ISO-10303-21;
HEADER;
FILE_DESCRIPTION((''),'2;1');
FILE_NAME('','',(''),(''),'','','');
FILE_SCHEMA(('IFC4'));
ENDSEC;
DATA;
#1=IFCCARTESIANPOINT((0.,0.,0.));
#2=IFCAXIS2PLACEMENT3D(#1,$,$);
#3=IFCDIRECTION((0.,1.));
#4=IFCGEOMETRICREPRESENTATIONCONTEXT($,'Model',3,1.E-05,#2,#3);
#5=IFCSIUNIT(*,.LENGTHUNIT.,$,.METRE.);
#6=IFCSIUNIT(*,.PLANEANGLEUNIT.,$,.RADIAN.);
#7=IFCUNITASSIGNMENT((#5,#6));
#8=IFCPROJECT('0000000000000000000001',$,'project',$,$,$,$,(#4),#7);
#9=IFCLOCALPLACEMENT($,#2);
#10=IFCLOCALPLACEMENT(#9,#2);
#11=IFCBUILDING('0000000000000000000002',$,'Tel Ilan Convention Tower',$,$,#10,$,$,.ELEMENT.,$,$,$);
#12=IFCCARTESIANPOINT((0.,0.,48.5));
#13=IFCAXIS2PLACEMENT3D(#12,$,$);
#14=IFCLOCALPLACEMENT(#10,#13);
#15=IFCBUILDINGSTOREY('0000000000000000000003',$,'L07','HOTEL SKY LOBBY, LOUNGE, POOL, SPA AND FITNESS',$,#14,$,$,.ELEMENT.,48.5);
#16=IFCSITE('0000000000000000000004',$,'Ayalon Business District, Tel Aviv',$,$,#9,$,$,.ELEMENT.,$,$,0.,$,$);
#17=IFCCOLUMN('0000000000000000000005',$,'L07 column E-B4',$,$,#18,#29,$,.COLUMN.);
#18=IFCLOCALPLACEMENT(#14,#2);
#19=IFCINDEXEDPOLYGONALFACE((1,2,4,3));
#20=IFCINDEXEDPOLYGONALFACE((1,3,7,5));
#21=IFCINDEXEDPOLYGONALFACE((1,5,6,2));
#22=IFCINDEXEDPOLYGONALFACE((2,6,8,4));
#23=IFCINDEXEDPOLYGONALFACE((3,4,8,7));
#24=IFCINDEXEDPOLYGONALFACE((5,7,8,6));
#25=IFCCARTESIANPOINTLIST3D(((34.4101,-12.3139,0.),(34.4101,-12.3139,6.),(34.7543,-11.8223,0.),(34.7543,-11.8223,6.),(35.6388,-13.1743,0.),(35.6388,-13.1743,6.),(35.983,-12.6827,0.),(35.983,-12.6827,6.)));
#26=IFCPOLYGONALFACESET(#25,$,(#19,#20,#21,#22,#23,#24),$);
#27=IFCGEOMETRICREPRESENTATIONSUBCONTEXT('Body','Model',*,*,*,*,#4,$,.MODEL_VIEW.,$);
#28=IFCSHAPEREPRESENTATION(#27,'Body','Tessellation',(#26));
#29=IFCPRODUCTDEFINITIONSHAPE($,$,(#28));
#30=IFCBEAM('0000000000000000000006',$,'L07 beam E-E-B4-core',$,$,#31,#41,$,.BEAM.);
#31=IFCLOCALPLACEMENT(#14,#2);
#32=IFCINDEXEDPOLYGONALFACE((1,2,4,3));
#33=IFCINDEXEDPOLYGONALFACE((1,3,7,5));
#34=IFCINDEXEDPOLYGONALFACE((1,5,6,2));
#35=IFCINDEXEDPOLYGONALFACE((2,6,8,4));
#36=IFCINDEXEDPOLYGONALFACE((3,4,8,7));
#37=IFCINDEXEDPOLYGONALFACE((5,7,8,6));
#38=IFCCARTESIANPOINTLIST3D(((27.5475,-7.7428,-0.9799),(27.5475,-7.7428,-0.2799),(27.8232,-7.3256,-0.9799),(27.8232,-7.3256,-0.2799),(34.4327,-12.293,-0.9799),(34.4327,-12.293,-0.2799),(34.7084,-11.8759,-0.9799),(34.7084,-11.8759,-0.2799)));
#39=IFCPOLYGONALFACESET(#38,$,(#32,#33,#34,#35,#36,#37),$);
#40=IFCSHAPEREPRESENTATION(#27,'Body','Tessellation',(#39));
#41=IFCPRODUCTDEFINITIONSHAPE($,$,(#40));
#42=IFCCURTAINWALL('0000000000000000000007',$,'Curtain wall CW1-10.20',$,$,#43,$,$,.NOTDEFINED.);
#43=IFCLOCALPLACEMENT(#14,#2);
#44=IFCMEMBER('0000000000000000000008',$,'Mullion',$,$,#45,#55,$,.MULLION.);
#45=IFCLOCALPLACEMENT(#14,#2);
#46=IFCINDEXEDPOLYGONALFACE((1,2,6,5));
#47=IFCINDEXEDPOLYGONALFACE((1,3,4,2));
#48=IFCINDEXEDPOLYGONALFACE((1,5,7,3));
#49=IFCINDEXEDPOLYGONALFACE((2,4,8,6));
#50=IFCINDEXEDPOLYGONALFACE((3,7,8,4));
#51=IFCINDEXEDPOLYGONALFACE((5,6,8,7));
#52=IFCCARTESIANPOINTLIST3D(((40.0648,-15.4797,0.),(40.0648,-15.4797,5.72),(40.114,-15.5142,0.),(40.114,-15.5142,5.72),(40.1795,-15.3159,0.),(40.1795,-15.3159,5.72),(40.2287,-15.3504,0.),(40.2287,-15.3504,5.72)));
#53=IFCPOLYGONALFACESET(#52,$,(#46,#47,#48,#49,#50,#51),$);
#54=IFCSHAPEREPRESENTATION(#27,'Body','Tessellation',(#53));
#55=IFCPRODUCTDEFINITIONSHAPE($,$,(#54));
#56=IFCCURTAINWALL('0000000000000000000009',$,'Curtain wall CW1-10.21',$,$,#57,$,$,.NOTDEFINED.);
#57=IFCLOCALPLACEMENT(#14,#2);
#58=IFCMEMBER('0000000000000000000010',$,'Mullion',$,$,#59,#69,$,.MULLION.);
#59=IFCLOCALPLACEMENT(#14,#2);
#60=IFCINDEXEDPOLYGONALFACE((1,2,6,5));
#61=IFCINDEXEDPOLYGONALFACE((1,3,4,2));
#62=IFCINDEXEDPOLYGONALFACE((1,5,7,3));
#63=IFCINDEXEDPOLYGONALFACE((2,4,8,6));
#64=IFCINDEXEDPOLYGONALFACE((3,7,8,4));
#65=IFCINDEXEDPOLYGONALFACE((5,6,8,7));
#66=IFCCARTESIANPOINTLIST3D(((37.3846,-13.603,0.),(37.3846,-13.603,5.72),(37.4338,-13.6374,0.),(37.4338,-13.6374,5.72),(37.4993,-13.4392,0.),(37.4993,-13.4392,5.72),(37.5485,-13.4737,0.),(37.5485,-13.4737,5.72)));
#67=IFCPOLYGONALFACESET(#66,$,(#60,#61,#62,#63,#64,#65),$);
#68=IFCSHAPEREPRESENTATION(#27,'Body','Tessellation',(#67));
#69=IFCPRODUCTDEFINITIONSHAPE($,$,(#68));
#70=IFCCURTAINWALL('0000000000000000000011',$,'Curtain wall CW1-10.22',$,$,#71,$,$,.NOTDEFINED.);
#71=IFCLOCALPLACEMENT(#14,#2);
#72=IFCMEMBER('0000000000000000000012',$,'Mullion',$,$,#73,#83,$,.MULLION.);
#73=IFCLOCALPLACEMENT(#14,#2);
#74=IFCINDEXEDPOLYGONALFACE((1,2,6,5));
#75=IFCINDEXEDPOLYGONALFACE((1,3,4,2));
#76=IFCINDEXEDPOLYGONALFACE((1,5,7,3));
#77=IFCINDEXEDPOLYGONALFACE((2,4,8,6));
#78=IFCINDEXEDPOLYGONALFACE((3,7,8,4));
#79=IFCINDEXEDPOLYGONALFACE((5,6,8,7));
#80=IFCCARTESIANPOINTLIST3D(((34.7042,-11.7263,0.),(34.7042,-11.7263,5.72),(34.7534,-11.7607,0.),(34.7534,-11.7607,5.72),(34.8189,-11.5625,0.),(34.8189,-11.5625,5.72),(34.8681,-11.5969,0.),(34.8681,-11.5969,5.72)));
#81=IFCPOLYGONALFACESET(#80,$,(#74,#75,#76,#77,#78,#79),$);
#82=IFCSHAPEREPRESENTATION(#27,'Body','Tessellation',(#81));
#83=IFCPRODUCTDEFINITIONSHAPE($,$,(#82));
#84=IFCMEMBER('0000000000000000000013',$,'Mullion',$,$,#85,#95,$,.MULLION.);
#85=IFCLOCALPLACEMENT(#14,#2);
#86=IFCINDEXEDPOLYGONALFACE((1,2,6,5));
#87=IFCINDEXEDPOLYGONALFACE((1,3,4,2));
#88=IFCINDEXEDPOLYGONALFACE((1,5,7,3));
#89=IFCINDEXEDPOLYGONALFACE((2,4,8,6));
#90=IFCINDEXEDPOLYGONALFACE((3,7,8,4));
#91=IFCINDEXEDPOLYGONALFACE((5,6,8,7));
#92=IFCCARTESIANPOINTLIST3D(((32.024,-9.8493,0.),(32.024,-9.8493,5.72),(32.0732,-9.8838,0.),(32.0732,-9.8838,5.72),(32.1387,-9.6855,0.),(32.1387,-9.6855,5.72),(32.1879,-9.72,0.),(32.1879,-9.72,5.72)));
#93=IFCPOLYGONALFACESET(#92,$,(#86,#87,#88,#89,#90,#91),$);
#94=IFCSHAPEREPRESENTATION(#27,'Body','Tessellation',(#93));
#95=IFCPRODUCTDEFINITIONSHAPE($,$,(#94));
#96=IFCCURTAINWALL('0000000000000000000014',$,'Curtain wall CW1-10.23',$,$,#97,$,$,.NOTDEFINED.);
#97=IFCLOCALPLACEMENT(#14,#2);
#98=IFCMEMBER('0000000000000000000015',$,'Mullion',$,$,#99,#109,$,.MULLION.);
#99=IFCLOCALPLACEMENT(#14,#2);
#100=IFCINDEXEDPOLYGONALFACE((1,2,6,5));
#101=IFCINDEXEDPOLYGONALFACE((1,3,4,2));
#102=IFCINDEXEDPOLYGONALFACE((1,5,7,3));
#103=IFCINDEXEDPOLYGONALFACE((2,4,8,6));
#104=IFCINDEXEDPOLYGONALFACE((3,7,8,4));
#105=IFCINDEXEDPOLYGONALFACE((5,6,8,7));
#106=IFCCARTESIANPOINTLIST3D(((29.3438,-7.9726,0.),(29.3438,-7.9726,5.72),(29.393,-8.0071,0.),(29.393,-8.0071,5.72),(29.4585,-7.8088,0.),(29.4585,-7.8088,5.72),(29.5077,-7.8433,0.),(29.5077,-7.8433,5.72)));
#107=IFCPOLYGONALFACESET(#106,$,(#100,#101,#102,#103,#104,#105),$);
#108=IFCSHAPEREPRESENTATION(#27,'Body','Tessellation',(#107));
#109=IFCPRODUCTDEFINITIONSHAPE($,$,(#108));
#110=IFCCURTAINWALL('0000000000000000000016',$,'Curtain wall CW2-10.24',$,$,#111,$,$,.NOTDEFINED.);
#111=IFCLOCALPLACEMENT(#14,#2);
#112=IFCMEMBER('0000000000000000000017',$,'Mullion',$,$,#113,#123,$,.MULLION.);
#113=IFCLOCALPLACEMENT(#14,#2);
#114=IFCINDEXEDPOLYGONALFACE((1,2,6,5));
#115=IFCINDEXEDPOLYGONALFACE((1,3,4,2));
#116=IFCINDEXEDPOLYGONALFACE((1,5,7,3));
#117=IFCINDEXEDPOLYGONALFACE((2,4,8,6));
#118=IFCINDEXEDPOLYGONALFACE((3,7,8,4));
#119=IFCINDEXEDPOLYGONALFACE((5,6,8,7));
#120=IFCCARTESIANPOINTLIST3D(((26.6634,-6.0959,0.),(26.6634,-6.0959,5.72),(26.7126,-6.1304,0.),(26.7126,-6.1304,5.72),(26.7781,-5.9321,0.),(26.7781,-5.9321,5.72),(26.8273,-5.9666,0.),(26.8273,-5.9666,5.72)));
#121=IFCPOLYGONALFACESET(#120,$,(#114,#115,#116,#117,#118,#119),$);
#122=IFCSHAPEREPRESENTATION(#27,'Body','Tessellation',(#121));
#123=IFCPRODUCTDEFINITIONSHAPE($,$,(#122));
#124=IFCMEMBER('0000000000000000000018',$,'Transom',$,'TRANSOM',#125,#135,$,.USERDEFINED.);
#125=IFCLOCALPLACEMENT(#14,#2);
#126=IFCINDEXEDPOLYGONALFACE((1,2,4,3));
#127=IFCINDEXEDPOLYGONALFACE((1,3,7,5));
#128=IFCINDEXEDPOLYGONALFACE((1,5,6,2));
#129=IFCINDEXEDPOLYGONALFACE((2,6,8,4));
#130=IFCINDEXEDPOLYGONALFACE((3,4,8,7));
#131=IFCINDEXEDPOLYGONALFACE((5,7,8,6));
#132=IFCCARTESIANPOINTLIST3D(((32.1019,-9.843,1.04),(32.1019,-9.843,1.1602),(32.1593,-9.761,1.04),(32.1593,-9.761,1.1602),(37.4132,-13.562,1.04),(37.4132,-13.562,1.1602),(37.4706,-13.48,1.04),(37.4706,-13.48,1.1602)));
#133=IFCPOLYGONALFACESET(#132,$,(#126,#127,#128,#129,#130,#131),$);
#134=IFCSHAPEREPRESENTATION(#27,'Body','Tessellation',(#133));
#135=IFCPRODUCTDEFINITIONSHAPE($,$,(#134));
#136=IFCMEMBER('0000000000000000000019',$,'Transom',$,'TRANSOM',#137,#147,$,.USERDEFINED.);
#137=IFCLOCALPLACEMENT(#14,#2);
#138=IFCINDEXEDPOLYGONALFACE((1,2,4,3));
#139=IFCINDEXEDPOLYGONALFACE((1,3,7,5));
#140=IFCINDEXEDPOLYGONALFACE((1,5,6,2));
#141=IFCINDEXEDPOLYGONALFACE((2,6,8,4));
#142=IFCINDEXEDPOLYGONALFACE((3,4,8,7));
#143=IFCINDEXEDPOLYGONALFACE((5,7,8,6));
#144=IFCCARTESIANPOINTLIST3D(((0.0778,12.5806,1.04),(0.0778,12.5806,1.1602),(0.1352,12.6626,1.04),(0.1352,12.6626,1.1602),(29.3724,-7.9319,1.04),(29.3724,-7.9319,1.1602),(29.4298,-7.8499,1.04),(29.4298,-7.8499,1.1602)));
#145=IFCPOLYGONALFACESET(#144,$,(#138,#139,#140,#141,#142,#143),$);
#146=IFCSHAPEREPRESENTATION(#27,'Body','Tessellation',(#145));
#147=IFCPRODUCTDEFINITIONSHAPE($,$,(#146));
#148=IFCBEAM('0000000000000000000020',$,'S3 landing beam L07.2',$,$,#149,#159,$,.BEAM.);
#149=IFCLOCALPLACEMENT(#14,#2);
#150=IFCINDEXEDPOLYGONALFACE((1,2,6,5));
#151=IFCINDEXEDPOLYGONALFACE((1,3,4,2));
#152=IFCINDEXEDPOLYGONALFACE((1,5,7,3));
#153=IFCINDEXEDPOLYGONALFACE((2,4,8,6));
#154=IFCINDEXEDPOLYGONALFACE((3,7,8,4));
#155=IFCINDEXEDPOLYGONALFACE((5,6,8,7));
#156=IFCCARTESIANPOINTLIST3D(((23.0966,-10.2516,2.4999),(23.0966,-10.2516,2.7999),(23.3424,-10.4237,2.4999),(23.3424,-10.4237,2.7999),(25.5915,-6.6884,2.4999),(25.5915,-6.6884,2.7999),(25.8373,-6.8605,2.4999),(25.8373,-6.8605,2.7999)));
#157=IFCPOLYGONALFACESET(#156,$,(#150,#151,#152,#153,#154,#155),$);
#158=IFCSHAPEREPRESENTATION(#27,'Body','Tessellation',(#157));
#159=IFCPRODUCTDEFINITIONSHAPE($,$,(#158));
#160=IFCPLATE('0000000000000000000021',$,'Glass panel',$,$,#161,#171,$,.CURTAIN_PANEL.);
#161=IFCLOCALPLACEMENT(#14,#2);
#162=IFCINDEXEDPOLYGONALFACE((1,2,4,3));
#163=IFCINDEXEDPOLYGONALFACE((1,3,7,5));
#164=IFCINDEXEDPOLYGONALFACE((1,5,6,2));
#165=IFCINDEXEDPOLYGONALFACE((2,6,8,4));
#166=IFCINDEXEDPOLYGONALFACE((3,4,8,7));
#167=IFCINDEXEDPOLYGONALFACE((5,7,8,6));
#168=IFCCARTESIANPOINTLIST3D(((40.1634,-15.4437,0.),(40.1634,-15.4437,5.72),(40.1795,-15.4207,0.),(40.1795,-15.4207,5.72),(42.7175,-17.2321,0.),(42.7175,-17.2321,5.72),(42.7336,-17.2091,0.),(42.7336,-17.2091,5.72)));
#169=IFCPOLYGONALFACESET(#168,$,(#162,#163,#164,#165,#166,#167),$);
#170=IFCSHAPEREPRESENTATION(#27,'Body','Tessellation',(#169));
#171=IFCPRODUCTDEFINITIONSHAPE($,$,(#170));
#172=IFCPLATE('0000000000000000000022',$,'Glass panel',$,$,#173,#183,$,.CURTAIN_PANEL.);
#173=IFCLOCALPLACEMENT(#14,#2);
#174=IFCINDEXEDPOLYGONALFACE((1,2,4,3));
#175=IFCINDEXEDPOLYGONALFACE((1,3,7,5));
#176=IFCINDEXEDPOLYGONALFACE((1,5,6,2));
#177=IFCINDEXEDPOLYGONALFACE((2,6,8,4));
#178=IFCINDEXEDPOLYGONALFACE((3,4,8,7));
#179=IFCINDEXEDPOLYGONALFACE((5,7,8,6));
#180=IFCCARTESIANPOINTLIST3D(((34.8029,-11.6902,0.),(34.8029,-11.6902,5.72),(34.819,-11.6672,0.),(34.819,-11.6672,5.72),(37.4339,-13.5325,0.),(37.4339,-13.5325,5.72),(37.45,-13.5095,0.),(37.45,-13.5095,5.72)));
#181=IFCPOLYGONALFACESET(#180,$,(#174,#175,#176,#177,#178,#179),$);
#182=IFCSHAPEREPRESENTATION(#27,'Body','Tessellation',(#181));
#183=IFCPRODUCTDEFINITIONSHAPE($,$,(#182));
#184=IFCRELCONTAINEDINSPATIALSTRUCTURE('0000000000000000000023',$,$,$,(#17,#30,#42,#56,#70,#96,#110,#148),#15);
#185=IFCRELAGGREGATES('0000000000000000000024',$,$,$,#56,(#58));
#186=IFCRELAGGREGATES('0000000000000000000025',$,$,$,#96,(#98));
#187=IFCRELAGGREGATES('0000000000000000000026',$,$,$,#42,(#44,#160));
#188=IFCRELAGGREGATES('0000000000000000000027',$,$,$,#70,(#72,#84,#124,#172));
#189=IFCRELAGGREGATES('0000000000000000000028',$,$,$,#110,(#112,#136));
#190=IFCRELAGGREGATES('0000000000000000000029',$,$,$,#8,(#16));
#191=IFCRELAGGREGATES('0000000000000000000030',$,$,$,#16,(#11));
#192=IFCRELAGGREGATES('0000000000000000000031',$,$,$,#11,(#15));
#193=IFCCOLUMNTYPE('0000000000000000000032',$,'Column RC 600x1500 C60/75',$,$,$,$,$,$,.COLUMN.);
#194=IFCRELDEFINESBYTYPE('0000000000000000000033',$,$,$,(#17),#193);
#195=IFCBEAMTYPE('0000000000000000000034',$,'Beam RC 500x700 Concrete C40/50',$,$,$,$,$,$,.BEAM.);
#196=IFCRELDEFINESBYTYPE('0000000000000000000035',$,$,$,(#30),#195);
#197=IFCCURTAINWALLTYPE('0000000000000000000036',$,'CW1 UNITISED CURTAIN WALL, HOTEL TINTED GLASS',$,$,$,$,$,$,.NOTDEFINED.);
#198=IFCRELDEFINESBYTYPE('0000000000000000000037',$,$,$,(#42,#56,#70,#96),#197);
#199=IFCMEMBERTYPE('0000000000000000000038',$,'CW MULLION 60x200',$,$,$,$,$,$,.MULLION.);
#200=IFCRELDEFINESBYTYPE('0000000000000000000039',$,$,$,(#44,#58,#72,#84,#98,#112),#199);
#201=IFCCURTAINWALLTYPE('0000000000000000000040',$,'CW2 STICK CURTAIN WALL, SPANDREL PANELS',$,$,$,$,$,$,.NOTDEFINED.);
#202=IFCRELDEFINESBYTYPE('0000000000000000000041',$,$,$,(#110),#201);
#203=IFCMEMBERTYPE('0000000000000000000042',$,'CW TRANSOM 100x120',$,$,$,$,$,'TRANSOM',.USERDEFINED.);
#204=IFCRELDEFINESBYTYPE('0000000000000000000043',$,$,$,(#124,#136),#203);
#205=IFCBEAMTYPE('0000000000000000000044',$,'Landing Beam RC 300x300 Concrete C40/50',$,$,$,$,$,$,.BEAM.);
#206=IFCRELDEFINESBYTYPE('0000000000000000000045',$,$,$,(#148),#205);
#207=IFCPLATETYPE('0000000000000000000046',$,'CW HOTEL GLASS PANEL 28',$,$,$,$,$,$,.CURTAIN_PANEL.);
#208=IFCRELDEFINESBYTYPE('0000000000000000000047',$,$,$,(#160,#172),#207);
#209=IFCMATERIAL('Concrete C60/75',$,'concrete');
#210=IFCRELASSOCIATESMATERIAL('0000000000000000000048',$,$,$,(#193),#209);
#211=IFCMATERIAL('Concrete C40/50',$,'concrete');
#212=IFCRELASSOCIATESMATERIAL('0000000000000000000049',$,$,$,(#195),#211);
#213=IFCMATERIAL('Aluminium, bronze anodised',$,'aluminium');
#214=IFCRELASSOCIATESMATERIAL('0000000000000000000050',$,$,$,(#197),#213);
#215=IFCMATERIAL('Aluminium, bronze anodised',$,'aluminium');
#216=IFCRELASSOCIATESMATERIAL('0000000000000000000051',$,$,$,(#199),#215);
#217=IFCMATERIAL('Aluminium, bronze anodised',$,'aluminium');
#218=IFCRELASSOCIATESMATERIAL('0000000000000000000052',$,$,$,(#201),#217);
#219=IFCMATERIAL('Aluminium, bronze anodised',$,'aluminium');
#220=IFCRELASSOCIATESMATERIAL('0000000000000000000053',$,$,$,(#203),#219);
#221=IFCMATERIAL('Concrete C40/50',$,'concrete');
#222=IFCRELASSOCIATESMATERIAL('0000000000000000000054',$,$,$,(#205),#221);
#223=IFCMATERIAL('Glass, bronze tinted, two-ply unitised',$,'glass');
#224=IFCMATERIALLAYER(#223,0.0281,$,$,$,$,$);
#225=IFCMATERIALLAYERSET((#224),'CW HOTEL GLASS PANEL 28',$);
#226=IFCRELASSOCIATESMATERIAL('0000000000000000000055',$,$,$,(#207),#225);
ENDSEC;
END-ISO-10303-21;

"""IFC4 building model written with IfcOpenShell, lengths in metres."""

from ifc_helpers import new_model, si_unit, direction, frame, origin, origin_2d, place, context, subcontext, project, spatial, rectangle, extrude, material, layer, layer_set, material_profile, profile_set, type_object, element, aggregate, save


model = new_model("IFC4")

# Units and contexts
model_context = context("Model", 3, precision=1e-05, world=origin(), true_north=direction((0.0, 1.0)))
body_context = subcontext(model_context, "Body", "Model", "MODEL_VIEW")
ifc_project = project(units=[si_unit("LENGTHUNIT", "METRE"), si_unit("PLANEANGLEUNIT", "RADIAN")], contexts=[model_context])

# Site, building, storey
site_placement = place(None, origin())
site = spatial("IfcSite", under=ifc_project, at=site_placement, Name="Ayalon Business District, Tel Aviv", CompositionType="ELEMENT", RefElevation=0.0)
building_placement = place(site_placement, origin())
building = spatial("IfcBuilding", under=site, at=building_placement, Name="Tel Ilan Convention Tower", CompositionType="ELEMENT")
storey_placement = place(building_placement, frame((0.0, 0.0, 48.5)))
storey = spatial("IfcBuildingStorey", under=building, at=storey_placement, Name="L07", Description="HOTEL SKY LOBBY, LOUNGE, POOL, SPA AND FITNESS", CompositionType="ELEMENT", Elevation=48.5)

# Column
ifc_material_1 = material(Name="Concrete C60/75", Category="concrete")
ifc_material_profile_1 = material_profile(ifc_material_1, rectangle(XDim=1.5, YDim=0.6001, at=origin_2d()), Name="RC 600x1500")
ifc_profile_set_1 = profile_set([ifc_material_profile_1], Name="Concrete C60/75")
column_type = type_object("IfcColumnType", Name="Column RC 600x1500 C60/75", PredefinedType="COLUMN", material=ifc_profile_set_1)
column_placement = place(storey_placement, frame((35.1965, -12.4983, 0.0), z_axis=(0.0, 0.0, 1.0), x_axis=(0.819152, -0.573576, 0.0)))
element("IfcColumn", 1, at=column_placement, inside=storey, type_object=column_type, Name="L07 column E-B4", PredefinedType="COLUMN", context=body_context, shape_type="SweptSolid", body=[
    extrude(rectangle(XDim=1.5, YDim=0.6001, at=origin_2d()), origin(), (0.0, 0.0, 1.0), 6.0),
])

# Beam
ifc_material_2 = material(Name="Concrete C40/50", Category="concrete")
ifc_material_profile_2 = material_profile(ifc_material_2, rectangle(XDim=0.5, YDim=0.7, at=origin_2d()), Name="RC 500x700")
ifc_profile_set_2 = profile_set([ifc_material_profile_2], Name="Concrete C40/50")
beam_type_1 = type_object("IfcBeamType", Name="Beam RC 500x700 Concrete C40/50", PredefinedType="BEAM", material=ifc_profile_set_2)
beam_1_placement = place(storey_placement, frame((34.5706, -12.0845, -0.6299), z_axis=(-0.834274, 0.551351, 0.0), x_axis=(-0.551351, -0.834274, 0.0)))
element("IfcBeam", 2, at=beam_1_placement, inside=storey, type_object=beam_type_1, Name="L07 beam E-E-B4-core", PredefinedType="BEAM", context=body_context, shape_type="SweptSolid", body=[
    extrude(rectangle(XDim=0.5, YDim=0.7, at=origin_2d()), origin(), (0.0, 0.0, 1.0), 8.2529),
])

# Curtain walls, members
ifc_material_3 = material(Name="Aluminium, bronze anodised", Category="aluminium")
curtain_wall_type_1 = type_object("IfcCurtainWallType", Name="CW1 UNITISED CURTAIN WALL, HOTEL TINTED GLASS", PredefinedType="NOTDEFINED", material=ifc_material_3)
curtain_wall_1_placement = place(storey_placement, origin())
curtain_wall_1 = element("IfcCurtainWall", 3, at=curtain_wall_1_placement, inside=storey, type_object=curtain_wall_type_1, Name="Curtain wall CW1-10.20", PredefinedType="NOTDEFINED")
ifc_material_4 = material(Name="Aluminium, bronze anodised", Category="aluminium")
ifc_material_profile_3 = material_profile(ifc_material_4, rectangle(XDim=0.0601, YDim=0.2, at=origin_2d()), Name="CW MULLION 60x200")
ifc_profile_set_3 = profile_set([ifc_material_profile_3], Name="Aluminium, bronze anodised")
member_type_1 = type_object("IfcMemberType", Name="CW MULLION 60x200", PredefinedType="MULLION", material=ifc_profile_set_3)
member_1_placement = place(storey_placement, frame((40.1467, -15.415, 0.0), z_axis=(0.0, 0.0, 1.0), x_axis=(-0.819152, 0.573576, 0.0)))
member_1 = element("IfcMember", 4, at=member_1_placement, type_object=member_type_1, Name="Mullion", PredefinedType="MULLION", context=body_context, shape_type="SweptSolid", body=[
    extrude(rectangle(XDim=0.0601, YDim=0.2, at=origin_2d()), origin(), (0.0, 0.0, 1.0), 5.72),
])
curtain_wall_2_placement = place(storey_placement, origin())
curtain_wall_2 = element("IfcCurtainWall", 5, at=curtain_wall_2_placement, inside=storey, type_object=curtain_wall_type_1, Name="Curtain wall CW1-10.21", PredefinedType="NOTDEFINED")
member_2_placement = place(storey_placement, frame((37.4666, -13.5383, 0.0), z_axis=(0.0, 0.0, 1.0), x_axis=(-0.819152, 0.573576, 0.0)))
member_2 = element("IfcMember", 6, at=member_2_placement, type_object=member_type_1, Name="Mullion", PredefinedType="MULLION", context=body_context, shape_type="SweptSolid", body=[
    extrude(rectangle(XDim=0.0601, YDim=0.2, at=origin_2d()), origin(), (0.0, 0.0, 1.0), 5.72),
])
aggregate(curtain_wall_2, [member_2])

# Curtain wall, members
curtain_wall_3_placement = place(storey_placement, origin())
curtain_wall_3 = element("IfcCurtainWall", 7, at=curtain_wall_3_placement, inside=storey, type_object=curtain_wall_type_1, Name="Curtain wall CW1-10.22", PredefinedType="NOTDEFINED")
member_3_placement = place(storey_placement, frame((34.7861, -11.6616, 0.0), z_axis=(0.0, 0.0, 1.0), x_axis=(-0.819152, 0.573576, 0.0)))
member_3 = element("IfcMember", 8, at=member_3_placement, type_object=member_type_1, Name="Mullion", PredefinedType="MULLION", context=body_context, shape_type="SweptSolid", body=[
    extrude(rectangle(XDim=0.0601, YDim=0.2, at=origin_2d()), origin(), (0.0, 0.0, 1.0), 5.72),
])
member_4_placement = place(storey_placement, frame((32.106, -9.7847, 0.0), z_axis=(0.0, 0.0, 1.0), x_axis=(-0.819152, 0.573576, 0.0)))
member_4 = element("IfcMember", 9, at=member_4_placement, type_object=member_type_1, Name="Mullion", PredefinedType="MULLION", context=body_context, shape_type="SweptSolid", body=[
    extrude(rectangle(XDim=0.0601, YDim=0.2, at=origin_2d()), origin(), (0.0, 0.0, 1.0), 5.72),
])

# Curtain walls, members
curtain_wall_4_placement = place(storey_placement, origin())
curtain_wall_4 = element("IfcCurtainWall", 10, at=curtain_wall_4_placement, inside=storey, type_object=curtain_wall_type_1, Name="Curtain wall CW1-10.23", PredefinedType="NOTDEFINED")
member_5_placement = place(storey_placement, frame((29.4258, -7.908, 0.0), z_axis=(0.0, 0.0, 1.0), x_axis=(-0.819152, 0.573576, 0.0)))
member_5 = element("IfcMember", 11, at=member_5_placement, type_object=member_type_1, Name="Mullion", PredefinedType="MULLION", context=body_context, shape_type="SweptSolid", body=[
    extrude(rectangle(XDim=0.0601, YDim=0.2, at=origin_2d()), origin(), (0.0, 0.0, 1.0), 5.72),
])
aggregate(curtain_wall_4, [member_5])
ifc_material_5 = material(Name="Aluminium, bronze anodised", Category="aluminium")
curtain_wall_type_2 = type_object("IfcCurtainWallType", Name="CW2 STICK CURTAIN WALL, SPANDREL PANELS", PredefinedType="NOTDEFINED", material=ifc_material_5)
curtain_wall_5_placement = place(storey_placement, origin())
curtain_wall_5 = element("IfcCurtainWall", 12, at=curtain_wall_5_placement, inside=storey, type_object=curtain_wall_type_2, Name="Curtain wall CW2-10.24", PredefinedType="NOTDEFINED")
member_6_placement = place(storey_placement, frame((26.7454, -6.0312, 0.0), z_axis=(0.0, 0.0, 1.0), x_axis=(-0.819152, 0.573576, 0.0)))
member_6 = element("IfcMember", 13, at=member_6_placement, type_object=member_type_1, Name="Mullion", PredefinedType="MULLION", context=body_context, shape_type="SweptSolid", body=[
    extrude(rectangle(XDim=0.0601, YDim=0.2, at=origin_2d()), origin(), (0.0, 0.0, 1.0), 5.72),
])

# Members
ifc_material_6 = material(Name="Aluminium, bronze anodised", Category="aluminium")
ifc_material_profile_4 = material_profile(ifc_material_6, rectangle(XDim=0.1001, YDim=0.1201, at=origin_2d()), Name="CW TRANSOM 100x120")
ifc_profile_set_4 = profile_set([ifc_material_profile_4], Name="Aluminium, bronze anodised")
member_type_2 = type_object("IfcMemberType", Name="CW TRANSOM 100x120", ElementType="TRANSOM", PredefinedType="USERDEFINED", material=ifc_profile_set_4)
member_7_placement = place(storey_placement, frame((37.4419, -13.521, 1.1001), z_axis=(-0.819152, 0.573576, 0.0), x_axis=(-0.573576, -0.819152, 0.0)))
member_7 = element("IfcMember", 14, at=member_7_placement, type_object=member_type_2, Name="Transom", ObjectType="TRANSOM", PredefinedType="USERDEFINED", context=body_context, shape_type="SweptSolid", body=[
    extrude(rectangle(XDim=0.1001, YDim=0.1201, at=origin_2d()), origin(), (0.0, 0.0, 1.0), 6.4839),
])
member_8_placement = place(storey_placement, frame((29.4011, -7.8909, 1.1001), z_axis=(-0.819151, 0.573578, 0.0), x_axis=(-0.573578, -0.819151, 0.0)))
member_8 = element("IfcMember", 15, at=member_8_placement, type_object=member_type_2, Name="Transom", ObjectType="TRANSOM", PredefinedType="USERDEFINED", context=body_context, shape_type="SweptSolid", body=[
    extrude(rectangle(XDim=0.1001, YDim=0.1201, at=origin_2d()), origin(), (0.0, 0.0, 1.0), 35.7622),
])

# Beam
ifc_material_7 = material(Name="Concrete C40/50", Category="concrete")
ifc_material_profile_5 = material_profile(ifc_material_7, rectangle(XDim=0.3, YDim=0.3, at=origin_2d()), Name="RC 300x300")
ifc_profile_set_5 = profile_set([ifc_material_profile_5], Name="Concrete C40/50")
beam_type_2 = type_object("IfcBeamType", Name="Landing Beam RC 300x300 Concrete C40/50", PredefinedType="BEAM", material=ifc_profile_set_5)
beam_2_placement = place(storey_placement, frame((25.7144, -6.7744, 2.6499), z_axis=(-0.573557, -0.819166, 0.0), x_axis=(0.819166, -0.573557, 0.0)))
element("IfcBeam", 16, at=beam_2_placement, inside=storey, type_object=beam_type_2, Name="S3 landing beam L07.2", PredefinedType="BEAM", context=body_context, shape_type="SweptSolid", body=[
    extrude(rectangle(XDim=0.3, YDim=0.3, at=origin_2d()), origin(), (0.0, 0.0, 1.0), 4.3499),
])

# Plates
ifc_material_8 = material(Name="Glass, bronze tinted, two-ply unitised", Category="glass")
ifc_layer_1 = layer(ifc_material_8, 0.0281)
ifc_layer_set_1 = layer_set([ifc_layer_1], Name="CW HOTEL GLASS PANEL 28")
plate_type_1 = type_object("IfcPlateType", Name="CW HOTEL GLASS PANEL 28", PredefinedType="CURTAIN_PANEL", material=ifc_layer_set_1)
plate_1_placement = place(storey_placement, frame((41.4485, -16.3264, 0.0), z_axis=(0.0, 0.0, 1.0), x_axis=(-0.819152, 0.573576, 0.0)))
plate_1 = element("IfcPlate", 17, at=plate_1_placement, type_object=plate_type_1, Name="Glass panel", PredefinedType="CURTAIN_PANEL", context=body_context, shape_type="SweptSolid", body=[
    extrude(rectangle(XDim=3.1179, YDim=0.0281, at=origin_2d()), origin(), (0.0, 0.0, 1.0), 5.72),
])
aggregate(curtain_wall_1, [member_1, plate_1])
plate_2_placement = place(storey_placement, frame((36.1265, -12.5999, 0.0), z_axis=(0.0, 0.0, 1.0), x_axis=(-0.819152, 0.573576, 0.0)))
plate_2 = element("IfcPlate", 18, at=plate_2_placement, type_object=plate_type_1, Name="Glass panel", PredefinedType="CURTAIN_PANEL", context=body_context, shape_type="SweptSolid", body=[
    extrude(rectangle(XDim=3.2119, YDim=0.0281, at=origin_2d()), origin(), (0.0, 0.0, 1.0), 5.72),
])
aggregate(curtain_wall_3, [member_3, member_4, member_7, plate_2])
aggregate(curtain_wall_5, [member_6, member_8])

save(model, "model.ifc")
